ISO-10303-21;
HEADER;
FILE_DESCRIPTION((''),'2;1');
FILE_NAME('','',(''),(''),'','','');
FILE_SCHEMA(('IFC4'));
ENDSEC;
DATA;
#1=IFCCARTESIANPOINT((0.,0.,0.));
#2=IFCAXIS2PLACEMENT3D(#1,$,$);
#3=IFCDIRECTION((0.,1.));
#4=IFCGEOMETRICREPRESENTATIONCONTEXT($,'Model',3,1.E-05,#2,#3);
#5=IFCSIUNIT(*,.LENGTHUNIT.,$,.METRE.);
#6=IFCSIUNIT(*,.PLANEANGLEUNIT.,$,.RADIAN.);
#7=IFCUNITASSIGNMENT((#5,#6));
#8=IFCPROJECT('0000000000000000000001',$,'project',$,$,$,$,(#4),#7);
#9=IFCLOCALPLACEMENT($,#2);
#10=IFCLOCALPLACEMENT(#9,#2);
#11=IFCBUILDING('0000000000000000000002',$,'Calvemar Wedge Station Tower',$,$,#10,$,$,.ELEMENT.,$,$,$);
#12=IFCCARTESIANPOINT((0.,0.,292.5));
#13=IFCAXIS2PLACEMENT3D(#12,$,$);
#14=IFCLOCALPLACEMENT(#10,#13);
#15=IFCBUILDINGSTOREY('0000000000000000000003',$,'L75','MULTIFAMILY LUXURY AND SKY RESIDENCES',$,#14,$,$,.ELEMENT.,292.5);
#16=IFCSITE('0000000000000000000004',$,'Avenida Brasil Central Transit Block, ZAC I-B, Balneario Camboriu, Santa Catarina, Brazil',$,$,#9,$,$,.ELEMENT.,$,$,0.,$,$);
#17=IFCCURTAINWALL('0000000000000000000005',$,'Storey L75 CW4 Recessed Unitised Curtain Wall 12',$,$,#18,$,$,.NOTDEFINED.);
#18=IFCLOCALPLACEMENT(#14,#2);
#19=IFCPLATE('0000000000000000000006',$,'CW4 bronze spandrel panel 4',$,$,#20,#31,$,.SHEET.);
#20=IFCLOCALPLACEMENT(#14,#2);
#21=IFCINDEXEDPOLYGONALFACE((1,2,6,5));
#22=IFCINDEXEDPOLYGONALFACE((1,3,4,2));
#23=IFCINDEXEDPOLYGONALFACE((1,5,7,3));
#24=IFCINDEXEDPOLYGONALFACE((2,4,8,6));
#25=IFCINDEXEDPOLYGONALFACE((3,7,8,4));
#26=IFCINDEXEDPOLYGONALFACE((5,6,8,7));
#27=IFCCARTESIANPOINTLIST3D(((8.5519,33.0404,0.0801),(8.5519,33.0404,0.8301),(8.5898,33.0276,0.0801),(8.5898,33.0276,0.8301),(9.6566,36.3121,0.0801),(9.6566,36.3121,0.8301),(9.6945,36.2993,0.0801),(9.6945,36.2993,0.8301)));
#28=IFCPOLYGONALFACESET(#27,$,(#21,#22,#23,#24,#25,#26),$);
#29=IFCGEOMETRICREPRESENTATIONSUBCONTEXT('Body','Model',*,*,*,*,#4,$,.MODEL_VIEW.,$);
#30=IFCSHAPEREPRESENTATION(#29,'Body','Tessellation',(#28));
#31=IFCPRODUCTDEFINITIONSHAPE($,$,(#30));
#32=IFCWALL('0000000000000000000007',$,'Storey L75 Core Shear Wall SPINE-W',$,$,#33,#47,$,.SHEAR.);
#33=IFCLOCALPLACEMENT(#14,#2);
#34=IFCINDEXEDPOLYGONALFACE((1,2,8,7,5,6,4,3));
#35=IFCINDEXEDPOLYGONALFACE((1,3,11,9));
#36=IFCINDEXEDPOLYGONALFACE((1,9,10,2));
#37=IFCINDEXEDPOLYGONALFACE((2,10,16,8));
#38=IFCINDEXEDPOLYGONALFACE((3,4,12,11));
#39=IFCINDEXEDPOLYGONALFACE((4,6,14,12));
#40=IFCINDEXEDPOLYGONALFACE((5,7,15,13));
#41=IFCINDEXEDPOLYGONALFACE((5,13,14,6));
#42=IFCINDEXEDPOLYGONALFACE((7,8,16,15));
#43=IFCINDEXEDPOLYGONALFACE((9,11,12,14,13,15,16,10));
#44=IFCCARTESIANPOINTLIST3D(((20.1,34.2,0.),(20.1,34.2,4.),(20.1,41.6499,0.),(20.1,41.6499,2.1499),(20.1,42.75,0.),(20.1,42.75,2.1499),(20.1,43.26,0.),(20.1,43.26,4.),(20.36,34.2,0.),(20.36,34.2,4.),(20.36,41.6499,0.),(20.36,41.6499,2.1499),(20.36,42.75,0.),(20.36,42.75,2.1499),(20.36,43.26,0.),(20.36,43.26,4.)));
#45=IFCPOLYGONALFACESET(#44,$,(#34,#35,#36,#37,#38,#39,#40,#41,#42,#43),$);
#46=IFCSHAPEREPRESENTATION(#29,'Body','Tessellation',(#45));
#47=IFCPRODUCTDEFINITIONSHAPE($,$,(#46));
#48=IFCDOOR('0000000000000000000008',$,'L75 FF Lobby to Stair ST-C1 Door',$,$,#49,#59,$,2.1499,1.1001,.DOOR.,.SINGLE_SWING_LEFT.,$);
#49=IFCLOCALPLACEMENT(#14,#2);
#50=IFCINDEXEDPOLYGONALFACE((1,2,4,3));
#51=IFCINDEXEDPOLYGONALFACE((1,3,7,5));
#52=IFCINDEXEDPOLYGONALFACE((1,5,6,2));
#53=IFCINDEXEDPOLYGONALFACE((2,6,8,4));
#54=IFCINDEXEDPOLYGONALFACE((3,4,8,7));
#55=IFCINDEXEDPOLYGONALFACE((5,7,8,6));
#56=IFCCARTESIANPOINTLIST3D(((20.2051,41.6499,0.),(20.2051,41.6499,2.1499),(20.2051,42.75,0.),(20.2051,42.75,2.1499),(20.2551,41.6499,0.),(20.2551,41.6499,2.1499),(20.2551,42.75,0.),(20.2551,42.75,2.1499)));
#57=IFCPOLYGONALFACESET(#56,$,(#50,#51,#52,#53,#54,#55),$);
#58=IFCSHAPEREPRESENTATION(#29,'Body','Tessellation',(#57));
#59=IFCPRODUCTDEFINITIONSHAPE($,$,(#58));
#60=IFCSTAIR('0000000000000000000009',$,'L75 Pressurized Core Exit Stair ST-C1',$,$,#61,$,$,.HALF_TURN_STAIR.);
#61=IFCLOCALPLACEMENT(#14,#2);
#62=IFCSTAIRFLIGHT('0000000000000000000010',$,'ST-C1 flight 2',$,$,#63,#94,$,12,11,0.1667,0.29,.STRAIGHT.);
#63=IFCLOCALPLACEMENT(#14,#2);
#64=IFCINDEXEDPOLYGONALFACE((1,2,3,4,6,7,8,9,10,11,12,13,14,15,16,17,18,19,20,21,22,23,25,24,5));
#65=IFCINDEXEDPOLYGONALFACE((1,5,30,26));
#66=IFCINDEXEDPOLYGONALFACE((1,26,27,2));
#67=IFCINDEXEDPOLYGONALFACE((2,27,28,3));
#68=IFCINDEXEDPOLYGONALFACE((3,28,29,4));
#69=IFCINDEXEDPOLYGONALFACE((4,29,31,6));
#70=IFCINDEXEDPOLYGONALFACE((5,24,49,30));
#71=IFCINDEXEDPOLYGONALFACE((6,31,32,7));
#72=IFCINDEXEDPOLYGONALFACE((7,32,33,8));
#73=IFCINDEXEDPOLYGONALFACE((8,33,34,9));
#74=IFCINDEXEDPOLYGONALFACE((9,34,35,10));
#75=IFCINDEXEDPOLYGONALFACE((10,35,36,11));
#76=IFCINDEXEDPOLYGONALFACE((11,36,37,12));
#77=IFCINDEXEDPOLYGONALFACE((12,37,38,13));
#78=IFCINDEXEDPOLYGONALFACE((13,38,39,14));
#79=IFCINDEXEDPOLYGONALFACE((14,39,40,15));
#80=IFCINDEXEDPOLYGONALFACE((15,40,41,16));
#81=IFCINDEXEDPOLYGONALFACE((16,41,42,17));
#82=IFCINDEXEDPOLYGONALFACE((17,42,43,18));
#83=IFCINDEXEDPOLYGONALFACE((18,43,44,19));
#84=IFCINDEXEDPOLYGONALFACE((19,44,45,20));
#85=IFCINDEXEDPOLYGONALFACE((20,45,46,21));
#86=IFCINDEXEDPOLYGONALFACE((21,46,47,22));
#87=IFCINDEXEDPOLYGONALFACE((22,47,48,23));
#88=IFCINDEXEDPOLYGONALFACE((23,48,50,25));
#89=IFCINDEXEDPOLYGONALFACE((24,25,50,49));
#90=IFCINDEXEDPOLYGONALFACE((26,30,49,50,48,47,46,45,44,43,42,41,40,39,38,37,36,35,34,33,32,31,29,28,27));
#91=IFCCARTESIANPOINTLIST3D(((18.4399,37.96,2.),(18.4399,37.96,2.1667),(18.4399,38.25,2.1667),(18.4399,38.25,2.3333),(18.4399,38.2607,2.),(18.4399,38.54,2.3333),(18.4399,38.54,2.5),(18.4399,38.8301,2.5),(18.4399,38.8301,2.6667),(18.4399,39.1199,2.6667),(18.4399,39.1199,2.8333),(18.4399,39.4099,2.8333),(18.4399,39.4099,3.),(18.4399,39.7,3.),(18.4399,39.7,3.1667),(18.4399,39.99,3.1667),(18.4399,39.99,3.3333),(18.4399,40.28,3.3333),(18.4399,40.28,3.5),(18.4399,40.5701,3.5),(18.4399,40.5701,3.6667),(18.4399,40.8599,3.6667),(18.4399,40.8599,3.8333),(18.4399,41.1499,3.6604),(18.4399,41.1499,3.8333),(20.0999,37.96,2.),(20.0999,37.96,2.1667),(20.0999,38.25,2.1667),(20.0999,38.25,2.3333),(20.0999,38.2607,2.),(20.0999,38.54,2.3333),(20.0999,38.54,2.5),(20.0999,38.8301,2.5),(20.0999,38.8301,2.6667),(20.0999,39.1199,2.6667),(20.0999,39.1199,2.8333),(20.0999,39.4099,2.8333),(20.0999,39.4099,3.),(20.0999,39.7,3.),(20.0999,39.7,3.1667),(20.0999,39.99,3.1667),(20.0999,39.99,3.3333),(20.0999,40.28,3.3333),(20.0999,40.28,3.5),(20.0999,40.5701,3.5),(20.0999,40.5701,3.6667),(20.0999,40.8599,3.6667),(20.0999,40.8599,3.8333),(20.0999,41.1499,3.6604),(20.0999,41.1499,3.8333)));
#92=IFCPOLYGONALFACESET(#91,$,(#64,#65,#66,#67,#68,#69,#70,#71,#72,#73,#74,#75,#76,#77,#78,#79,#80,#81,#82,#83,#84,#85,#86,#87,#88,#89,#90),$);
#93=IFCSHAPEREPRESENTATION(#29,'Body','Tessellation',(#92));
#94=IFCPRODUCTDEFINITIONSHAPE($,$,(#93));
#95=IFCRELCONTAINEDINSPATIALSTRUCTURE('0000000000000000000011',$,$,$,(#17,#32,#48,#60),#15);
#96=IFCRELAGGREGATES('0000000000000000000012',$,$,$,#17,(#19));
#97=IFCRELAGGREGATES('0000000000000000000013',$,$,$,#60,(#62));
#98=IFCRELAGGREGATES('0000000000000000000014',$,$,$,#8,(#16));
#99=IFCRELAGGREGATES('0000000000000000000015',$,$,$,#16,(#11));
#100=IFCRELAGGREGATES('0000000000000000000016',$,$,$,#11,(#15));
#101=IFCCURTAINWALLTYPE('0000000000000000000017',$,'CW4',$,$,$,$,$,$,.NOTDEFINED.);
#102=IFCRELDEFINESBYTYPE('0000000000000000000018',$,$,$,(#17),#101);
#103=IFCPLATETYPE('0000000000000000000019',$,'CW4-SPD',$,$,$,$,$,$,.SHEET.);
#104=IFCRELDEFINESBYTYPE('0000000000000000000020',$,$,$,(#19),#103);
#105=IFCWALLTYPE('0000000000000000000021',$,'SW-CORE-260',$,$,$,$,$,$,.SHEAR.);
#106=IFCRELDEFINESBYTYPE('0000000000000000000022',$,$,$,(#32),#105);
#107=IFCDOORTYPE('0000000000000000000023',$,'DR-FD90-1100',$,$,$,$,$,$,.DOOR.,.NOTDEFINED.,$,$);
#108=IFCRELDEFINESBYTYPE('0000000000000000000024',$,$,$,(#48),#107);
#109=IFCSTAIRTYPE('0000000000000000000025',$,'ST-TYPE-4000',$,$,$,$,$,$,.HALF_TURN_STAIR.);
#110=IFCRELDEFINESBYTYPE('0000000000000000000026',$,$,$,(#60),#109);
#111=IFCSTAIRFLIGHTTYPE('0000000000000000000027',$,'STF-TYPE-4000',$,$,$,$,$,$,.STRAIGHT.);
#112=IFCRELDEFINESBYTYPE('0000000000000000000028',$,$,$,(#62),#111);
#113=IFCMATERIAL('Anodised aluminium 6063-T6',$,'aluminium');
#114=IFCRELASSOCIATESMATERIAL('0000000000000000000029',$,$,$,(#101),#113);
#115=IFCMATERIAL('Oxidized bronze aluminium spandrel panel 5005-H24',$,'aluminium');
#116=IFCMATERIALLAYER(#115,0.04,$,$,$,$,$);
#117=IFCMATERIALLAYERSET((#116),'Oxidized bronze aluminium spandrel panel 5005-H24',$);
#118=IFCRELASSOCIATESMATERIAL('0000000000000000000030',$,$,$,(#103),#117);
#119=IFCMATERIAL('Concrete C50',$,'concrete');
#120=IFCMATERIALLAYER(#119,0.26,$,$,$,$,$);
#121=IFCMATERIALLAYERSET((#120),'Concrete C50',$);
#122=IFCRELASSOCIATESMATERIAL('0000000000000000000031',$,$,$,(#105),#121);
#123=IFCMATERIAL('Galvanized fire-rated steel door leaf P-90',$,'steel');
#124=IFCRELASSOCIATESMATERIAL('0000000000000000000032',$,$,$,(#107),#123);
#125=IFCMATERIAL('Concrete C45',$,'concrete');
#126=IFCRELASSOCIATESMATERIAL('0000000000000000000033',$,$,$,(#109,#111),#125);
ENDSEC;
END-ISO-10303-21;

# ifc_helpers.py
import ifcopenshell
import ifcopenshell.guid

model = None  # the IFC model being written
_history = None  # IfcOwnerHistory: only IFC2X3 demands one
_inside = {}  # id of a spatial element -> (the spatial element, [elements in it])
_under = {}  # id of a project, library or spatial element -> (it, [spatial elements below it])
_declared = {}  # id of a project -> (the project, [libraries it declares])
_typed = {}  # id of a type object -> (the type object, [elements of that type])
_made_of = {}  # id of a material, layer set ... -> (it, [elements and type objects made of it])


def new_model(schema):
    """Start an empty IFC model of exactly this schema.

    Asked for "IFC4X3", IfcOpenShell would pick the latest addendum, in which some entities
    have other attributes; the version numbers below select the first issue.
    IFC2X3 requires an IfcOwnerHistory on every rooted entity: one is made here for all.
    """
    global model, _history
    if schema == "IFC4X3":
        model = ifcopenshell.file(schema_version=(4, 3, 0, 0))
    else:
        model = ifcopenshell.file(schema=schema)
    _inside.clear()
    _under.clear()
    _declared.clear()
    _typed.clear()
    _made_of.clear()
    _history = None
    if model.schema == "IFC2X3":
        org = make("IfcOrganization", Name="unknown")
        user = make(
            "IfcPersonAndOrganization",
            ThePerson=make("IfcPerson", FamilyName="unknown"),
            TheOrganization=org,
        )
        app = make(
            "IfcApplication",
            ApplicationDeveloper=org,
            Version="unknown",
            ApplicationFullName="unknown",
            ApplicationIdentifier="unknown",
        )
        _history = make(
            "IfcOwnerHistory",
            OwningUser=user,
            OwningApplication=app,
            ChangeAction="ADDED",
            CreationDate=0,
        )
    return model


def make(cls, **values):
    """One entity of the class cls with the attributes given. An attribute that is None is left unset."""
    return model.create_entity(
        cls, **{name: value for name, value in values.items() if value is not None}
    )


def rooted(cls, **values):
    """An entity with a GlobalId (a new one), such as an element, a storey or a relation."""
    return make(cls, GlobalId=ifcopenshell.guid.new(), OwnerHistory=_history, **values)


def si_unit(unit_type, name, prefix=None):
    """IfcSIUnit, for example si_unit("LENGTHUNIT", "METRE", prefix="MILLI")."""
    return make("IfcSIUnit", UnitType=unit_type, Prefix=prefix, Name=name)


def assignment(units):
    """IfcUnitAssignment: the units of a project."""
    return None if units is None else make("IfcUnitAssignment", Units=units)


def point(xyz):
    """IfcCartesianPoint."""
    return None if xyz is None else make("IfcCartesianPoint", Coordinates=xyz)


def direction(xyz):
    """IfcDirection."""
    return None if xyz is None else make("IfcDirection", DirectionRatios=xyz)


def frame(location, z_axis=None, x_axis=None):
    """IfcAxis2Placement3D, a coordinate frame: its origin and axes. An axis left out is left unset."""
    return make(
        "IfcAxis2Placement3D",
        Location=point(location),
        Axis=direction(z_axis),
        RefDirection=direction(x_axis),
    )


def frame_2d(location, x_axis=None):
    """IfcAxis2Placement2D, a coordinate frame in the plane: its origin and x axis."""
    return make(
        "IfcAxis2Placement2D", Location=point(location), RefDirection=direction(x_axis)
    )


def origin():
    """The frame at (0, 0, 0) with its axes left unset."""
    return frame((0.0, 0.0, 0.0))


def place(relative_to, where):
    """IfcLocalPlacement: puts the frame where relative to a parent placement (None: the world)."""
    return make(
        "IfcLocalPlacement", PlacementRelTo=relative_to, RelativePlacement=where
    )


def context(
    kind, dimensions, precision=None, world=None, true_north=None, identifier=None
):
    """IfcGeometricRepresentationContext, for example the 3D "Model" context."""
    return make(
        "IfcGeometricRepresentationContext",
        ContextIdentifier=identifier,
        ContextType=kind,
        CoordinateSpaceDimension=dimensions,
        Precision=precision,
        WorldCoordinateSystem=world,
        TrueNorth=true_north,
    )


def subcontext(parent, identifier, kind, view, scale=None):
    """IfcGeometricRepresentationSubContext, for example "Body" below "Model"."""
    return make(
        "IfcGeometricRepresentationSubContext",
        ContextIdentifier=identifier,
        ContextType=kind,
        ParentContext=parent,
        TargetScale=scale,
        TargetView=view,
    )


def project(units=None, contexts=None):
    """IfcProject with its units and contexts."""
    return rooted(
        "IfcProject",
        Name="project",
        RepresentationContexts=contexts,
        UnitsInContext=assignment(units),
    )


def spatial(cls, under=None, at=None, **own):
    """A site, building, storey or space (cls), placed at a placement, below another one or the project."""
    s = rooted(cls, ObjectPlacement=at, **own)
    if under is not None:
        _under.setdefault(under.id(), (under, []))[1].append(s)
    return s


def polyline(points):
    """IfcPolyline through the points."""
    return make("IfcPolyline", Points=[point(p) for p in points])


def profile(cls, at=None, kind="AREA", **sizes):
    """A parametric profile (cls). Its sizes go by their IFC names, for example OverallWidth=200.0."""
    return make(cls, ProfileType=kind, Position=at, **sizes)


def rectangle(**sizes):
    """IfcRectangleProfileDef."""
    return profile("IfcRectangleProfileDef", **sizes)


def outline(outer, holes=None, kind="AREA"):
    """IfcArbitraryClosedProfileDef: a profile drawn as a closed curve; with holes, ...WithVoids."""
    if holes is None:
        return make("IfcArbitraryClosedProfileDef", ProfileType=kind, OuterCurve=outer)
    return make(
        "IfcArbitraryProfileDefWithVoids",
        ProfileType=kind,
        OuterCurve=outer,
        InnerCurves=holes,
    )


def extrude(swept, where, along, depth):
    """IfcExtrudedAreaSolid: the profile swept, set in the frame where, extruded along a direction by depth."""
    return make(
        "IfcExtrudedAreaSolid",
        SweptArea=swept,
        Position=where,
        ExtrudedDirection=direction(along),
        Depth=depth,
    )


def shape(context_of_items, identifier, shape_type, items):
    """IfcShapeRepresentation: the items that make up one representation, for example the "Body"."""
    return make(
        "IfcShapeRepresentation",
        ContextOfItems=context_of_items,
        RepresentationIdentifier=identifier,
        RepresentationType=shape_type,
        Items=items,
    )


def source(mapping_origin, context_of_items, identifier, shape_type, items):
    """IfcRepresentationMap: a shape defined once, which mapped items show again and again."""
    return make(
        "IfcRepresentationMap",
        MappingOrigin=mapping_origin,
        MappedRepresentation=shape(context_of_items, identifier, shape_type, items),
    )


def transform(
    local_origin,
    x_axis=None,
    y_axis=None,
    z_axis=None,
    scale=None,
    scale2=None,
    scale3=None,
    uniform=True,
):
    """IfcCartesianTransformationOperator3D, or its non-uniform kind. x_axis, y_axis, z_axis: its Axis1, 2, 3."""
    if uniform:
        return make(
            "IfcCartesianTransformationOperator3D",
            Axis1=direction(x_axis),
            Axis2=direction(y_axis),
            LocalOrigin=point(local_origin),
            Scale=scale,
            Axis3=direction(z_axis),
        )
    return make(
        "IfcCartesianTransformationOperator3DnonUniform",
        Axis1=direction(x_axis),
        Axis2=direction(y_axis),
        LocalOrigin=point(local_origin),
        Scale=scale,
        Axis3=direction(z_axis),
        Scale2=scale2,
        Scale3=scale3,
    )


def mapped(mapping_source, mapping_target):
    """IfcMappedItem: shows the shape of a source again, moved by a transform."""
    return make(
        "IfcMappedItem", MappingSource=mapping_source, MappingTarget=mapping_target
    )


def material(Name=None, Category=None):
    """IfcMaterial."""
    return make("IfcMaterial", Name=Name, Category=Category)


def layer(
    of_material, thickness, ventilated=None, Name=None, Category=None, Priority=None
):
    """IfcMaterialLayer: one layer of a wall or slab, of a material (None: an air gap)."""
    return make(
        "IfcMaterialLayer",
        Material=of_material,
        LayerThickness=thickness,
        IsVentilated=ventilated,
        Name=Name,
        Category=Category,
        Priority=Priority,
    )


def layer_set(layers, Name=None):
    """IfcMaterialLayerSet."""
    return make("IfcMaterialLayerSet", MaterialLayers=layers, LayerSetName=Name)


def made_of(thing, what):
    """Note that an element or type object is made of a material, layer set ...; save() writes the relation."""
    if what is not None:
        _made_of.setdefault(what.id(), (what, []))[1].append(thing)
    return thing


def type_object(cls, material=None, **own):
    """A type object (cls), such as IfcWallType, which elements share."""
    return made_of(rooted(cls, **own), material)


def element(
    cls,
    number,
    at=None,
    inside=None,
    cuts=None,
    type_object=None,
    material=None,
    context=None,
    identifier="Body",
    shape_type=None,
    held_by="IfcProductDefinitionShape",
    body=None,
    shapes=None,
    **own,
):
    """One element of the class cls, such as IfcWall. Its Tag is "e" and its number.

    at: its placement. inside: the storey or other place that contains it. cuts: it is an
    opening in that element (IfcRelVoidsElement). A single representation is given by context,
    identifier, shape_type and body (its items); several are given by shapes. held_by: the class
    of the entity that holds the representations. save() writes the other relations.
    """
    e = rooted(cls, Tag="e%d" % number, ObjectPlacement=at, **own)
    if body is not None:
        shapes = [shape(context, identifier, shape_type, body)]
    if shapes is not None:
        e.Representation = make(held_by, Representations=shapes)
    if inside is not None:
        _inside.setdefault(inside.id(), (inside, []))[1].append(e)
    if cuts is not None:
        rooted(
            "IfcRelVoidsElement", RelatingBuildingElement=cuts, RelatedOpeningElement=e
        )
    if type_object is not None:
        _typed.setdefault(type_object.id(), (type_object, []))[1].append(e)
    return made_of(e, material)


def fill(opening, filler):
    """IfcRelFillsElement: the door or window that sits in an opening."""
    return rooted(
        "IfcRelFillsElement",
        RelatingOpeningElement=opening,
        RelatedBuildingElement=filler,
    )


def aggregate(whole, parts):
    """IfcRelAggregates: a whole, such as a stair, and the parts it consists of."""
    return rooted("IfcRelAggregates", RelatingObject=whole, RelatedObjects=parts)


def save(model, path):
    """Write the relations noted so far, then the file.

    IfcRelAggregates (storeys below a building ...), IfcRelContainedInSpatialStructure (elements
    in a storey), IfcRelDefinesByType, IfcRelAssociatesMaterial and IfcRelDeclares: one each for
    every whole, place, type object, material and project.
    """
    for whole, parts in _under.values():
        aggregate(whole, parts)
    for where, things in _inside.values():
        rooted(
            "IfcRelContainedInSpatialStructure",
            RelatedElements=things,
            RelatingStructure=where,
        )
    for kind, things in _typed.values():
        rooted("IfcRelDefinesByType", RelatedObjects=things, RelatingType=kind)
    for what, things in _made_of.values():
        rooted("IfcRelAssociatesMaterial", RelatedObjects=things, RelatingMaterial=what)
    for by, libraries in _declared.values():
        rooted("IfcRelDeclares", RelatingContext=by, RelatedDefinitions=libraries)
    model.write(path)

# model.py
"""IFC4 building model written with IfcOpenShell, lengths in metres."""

from ifc_helpers import new_model, si_unit, direction, frame, frame_2d, origin, place, context, subcontext, project, spatial, polyline, rectangle, outline, extrude, source, transform, mapped, material, layer, layer_set, type_object, element, fill, aggregate, save


model = new_model("IFC4")

# Units and contexts
model_context = context("Model", 3, precision=1e-05, world=origin(), true_north=direction((0.0, 1.0)))
body_context = subcontext(model_context, "Body", "Model", "MODEL_VIEW")
ifc_project = project(units=[si_unit("LENGTHUNIT", "METRE"), si_unit("PLANEANGLEUNIT", "RADIAN")], contexts=[model_context])

# Site, building, storey
site_placement = place(None, origin())
site = spatial("IfcSite", under=ifc_project, at=site_placement, Name="Avenida Brasil Central Transit Block, ZAC I-B, Balneario Camboriu, Santa Catarina, Brazil", CompositionType="ELEMENT", RefElevation=0.0)
building_placement = place(site_placement, origin())
building = spatial("IfcBuilding", under=site, at=building_placement, Name="Calvemar Wedge Station Tower", CompositionType="ELEMENT")
storey_placement = place(building_placement, frame((0.0, 0.0, 292.5)))
storey = spatial("IfcBuildingStorey", under=building, at=storey_placement, Name="L75", Description="MULTIFAMILY LUXURY AND SKY RESIDENCES", CompositionType="ELEMENT", Elevation=292.5)

# Shared definitions
ifc_material_1 = material(Name="Concrete C50", Category="concrete")

# Curtain wall, plate
ifc_material_2 = material(Name="Anodised aluminium 6063-T6", Category="aluminium")
curtain_wall_type = type_object("IfcCurtainWallType", Name="CW4", PredefinedType="NOTDEFINED", material=ifc_material_2)
curtain_wall_placement = place(storey_placement, origin())
curtain_wall = element("IfcCurtainWall", 1, at=curtain_wall_placement, inside=storey, type_object=curtain_wall_type, Name="Storey L75 CW4 Recessed Unitised Curtain Wall 12", PredefinedType="NOTDEFINED")
ifc_material_3 = material(Name="Oxidized bronze aluminium spandrel panel 5005-H24", Category="aluminium")
ifc_layer_1 = layer(ifc_material_3, 0.04)
ifc_layer_set_1 = layer_set([ifc_layer_1], Name="Oxidized bronze aluminium spandrel panel 5005-H24")
plate_type_1 = type_object("IfcPlateType", Name="CW4-SPD", PredefinedType="SHEET", material=ifc_layer_set_1)
plate_1_placement = place(storey_placement, frame((9.6755, 36.3057, 0.0801), z_axis=(0.0, 0.0, 1.0), x_axis=(-0.319916, -0.947446, 0.0)))
plate_1 = element("IfcPlate", 2, at=plate_1_placement, type_object=plate_type_1, Name="CW4 bronze spandrel panel 4", PredefinedType="SHEET", context=body_context, shape_type="SweptSolid", body=[
    extrude(rectangle(XDim=3.4531, YDim=0.04, at=frame_2d((1.7266, 0.0))), origin(), (0.0, 0.0, 1.0), 0.75),
])
aggregate(curtain_wall, [plate_1])

# Wall, opening, door
ifc_layer_2 = layer(ifc_material_1, 0.26)
ifc_layer_set_2 = layer_set([ifc_layer_2], Name="Concrete C50")
wall_type_1 = type_object("IfcWallType", Name="SW-CORE-260", PredefinedType="SHEAR", material=ifc_layer_set_2)
wall_1_placement = place(storey_placement, frame((20.23, 34.2, 0.0), z_axis=(0.0, 0.0, 1.0), x_axis=(0.0, 1.0, 0.0)))
wall_1 = element("IfcWall", 3, at=wall_1_placement, inside=storey, type_object=wall_type_1, Name="Storey L75 Core Shear Wall SPINE-W", PredefinedType="SHEAR", context=body_context, shape_type="SweptSolid", body=[
    extrude(rectangle(XDim=9.0601, YDim=0.26, at=frame_2d((4.53, 0.0))), origin(), (0.0, 0.0, 1.0), 4.0),
])
shared_shape_1 = source(origin(), body_context, "Body", "SweptSolid", [
    extrude(rectangle(XDim=1.1001, YDim=2.1499, at=frame_2d((0.55, 1.075))), frame((0.0, 0.1401, 0.0), z_axis=(0.0, -1.0, 0.0), x_axis=(1.0, 0.0, 0.0)), (0.0, 0.0, 1.0), 0.28),
])
opening_1_placement = place(wall_1_placement, frame((7.45, 0.0, 0.0)))
opening_1 = element("IfcOpeningElement", 4, at=opening_1_placement, cuts=wall_1, PredefinedType="OPENING", context=body_context, shape_type="MappedRepresentation", body=[
    mapped(shared_shape_1, transform((0.0, 0.0, 0.0), scale=1.0)),
])
ifc_material_4 = material(Name="Galvanized fire-rated steel door leaf P-90", Category="steel")
door_type = type_object("IfcDoorType", Name="DR-FD90-1100", OperationType="NOTDEFINED", PredefinedType="DOOR", material=ifc_material_4)
shared_shape_2 = source(origin(), body_context, "Body", "SweptSolid", [
    extrude(rectangle(XDim=1.1001, YDim=2.1499, at=frame_2d((0.55, 1.075))), frame((0.0, 0.0249, 0.0), z_axis=(0.0, -1.0, 0.0), x_axis=(1.0, 0.0, 0.0)), (0.0, 0.0, 1.0), 0.05),
])
door_1_placement = place(opening_1_placement, origin())
door_1 = element("IfcDoor", 5, at=door_1_placement, inside=storey, type_object=door_type, Name="L75 FF Lobby to Stair ST-C1 Door", OperationType="SINGLE_SWING_LEFT", OverallHeight=2.1499, OverallWidth=1.1001, PredefinedType="DOOR", context=body_context, shape_type="MappedRepresentation", body=[
    mapped(shared_shape_2, transform((0.0, 0.0, 0.0), scale=1.0)),
])
fill(opening_1, door_1)

# Stair, stair flight
ifc_material_5 = material(Name="Concrete C45", Category="concrete")
stair_type = type_object("IfcStairType", Name="ST-TYPE-4000", PredefinedType="HALF_TURN_STAIR", material=ifc_material_5)
stair_placement = place(storey_placement, origin())
stair = element("IfcStair", 6, at=stair_placement, inside=storey, type_object=stair_type, Name="L75 Pressurized Core Exit Stair ST-C1", PredefinedType="HALF_TURN_STAIR")
stair_flight_type = type_object("IfcStairFlightType", Name="STF-TYPE-4000", PredefinedType="STRAIGHT", material=ifc_material_5)
stair_flight_placement = place(storey_placement, frame((19.27, 37.96, 2.0), z_axis=(0.0, 0.0, 1.0), x_axis=(0.0, 1.0, 0.0)))
stair_flight = element("IfcStairFlight", 7, at=stair_flight_placement, type_object=stair_flight_type, Name="ST-C1 flight 2", NumberOfRisers=12, NumberOfTreads=11, PredefinedType="STRAIGHT", RiserHeight=0.1667, TreadLength=0.29, context=body_context, shape_type="SweptSolid", body=[
    extrude(outline(polyline([(0.0, 0.0), (0.0, 0.1667), (0.29, 0.1667), (0.29, 0.3333), (0.5801, 0.3333), (0.5801, 0.5), (0.8701, 0.5), (0.8701, 0.6667), (1.1599, 0.6667), (1.1599, 0.8333), (1.45, 0.8333), (1.45, 1.0), (1.74, 1.0), (1.74, 1.1667), (2.03, 1.1667), (2.03, 1.3333), (2.3201, 1.3333), (2.3201, 1.5), (2.6101, 1.5), (2.6101, 1.6667), (2.8999, 1.6667), (2.8999, 1.8333), (3.1899, 1.8333), (3.1899, 2.0), (3.1899, 1.6604), (0.3008, 0.0), (0.0, 0.0)])), frame((0.0, 0.8301, 0.0), z_axis=(0.0, -1.0, 0.0), x_axis=(1.0, 0.0, 0.0)), (0.0, 0.0, 1.0), 1.6599),
])
aggregate(stair, [stair_flight])

save(model, "model.ifc")
